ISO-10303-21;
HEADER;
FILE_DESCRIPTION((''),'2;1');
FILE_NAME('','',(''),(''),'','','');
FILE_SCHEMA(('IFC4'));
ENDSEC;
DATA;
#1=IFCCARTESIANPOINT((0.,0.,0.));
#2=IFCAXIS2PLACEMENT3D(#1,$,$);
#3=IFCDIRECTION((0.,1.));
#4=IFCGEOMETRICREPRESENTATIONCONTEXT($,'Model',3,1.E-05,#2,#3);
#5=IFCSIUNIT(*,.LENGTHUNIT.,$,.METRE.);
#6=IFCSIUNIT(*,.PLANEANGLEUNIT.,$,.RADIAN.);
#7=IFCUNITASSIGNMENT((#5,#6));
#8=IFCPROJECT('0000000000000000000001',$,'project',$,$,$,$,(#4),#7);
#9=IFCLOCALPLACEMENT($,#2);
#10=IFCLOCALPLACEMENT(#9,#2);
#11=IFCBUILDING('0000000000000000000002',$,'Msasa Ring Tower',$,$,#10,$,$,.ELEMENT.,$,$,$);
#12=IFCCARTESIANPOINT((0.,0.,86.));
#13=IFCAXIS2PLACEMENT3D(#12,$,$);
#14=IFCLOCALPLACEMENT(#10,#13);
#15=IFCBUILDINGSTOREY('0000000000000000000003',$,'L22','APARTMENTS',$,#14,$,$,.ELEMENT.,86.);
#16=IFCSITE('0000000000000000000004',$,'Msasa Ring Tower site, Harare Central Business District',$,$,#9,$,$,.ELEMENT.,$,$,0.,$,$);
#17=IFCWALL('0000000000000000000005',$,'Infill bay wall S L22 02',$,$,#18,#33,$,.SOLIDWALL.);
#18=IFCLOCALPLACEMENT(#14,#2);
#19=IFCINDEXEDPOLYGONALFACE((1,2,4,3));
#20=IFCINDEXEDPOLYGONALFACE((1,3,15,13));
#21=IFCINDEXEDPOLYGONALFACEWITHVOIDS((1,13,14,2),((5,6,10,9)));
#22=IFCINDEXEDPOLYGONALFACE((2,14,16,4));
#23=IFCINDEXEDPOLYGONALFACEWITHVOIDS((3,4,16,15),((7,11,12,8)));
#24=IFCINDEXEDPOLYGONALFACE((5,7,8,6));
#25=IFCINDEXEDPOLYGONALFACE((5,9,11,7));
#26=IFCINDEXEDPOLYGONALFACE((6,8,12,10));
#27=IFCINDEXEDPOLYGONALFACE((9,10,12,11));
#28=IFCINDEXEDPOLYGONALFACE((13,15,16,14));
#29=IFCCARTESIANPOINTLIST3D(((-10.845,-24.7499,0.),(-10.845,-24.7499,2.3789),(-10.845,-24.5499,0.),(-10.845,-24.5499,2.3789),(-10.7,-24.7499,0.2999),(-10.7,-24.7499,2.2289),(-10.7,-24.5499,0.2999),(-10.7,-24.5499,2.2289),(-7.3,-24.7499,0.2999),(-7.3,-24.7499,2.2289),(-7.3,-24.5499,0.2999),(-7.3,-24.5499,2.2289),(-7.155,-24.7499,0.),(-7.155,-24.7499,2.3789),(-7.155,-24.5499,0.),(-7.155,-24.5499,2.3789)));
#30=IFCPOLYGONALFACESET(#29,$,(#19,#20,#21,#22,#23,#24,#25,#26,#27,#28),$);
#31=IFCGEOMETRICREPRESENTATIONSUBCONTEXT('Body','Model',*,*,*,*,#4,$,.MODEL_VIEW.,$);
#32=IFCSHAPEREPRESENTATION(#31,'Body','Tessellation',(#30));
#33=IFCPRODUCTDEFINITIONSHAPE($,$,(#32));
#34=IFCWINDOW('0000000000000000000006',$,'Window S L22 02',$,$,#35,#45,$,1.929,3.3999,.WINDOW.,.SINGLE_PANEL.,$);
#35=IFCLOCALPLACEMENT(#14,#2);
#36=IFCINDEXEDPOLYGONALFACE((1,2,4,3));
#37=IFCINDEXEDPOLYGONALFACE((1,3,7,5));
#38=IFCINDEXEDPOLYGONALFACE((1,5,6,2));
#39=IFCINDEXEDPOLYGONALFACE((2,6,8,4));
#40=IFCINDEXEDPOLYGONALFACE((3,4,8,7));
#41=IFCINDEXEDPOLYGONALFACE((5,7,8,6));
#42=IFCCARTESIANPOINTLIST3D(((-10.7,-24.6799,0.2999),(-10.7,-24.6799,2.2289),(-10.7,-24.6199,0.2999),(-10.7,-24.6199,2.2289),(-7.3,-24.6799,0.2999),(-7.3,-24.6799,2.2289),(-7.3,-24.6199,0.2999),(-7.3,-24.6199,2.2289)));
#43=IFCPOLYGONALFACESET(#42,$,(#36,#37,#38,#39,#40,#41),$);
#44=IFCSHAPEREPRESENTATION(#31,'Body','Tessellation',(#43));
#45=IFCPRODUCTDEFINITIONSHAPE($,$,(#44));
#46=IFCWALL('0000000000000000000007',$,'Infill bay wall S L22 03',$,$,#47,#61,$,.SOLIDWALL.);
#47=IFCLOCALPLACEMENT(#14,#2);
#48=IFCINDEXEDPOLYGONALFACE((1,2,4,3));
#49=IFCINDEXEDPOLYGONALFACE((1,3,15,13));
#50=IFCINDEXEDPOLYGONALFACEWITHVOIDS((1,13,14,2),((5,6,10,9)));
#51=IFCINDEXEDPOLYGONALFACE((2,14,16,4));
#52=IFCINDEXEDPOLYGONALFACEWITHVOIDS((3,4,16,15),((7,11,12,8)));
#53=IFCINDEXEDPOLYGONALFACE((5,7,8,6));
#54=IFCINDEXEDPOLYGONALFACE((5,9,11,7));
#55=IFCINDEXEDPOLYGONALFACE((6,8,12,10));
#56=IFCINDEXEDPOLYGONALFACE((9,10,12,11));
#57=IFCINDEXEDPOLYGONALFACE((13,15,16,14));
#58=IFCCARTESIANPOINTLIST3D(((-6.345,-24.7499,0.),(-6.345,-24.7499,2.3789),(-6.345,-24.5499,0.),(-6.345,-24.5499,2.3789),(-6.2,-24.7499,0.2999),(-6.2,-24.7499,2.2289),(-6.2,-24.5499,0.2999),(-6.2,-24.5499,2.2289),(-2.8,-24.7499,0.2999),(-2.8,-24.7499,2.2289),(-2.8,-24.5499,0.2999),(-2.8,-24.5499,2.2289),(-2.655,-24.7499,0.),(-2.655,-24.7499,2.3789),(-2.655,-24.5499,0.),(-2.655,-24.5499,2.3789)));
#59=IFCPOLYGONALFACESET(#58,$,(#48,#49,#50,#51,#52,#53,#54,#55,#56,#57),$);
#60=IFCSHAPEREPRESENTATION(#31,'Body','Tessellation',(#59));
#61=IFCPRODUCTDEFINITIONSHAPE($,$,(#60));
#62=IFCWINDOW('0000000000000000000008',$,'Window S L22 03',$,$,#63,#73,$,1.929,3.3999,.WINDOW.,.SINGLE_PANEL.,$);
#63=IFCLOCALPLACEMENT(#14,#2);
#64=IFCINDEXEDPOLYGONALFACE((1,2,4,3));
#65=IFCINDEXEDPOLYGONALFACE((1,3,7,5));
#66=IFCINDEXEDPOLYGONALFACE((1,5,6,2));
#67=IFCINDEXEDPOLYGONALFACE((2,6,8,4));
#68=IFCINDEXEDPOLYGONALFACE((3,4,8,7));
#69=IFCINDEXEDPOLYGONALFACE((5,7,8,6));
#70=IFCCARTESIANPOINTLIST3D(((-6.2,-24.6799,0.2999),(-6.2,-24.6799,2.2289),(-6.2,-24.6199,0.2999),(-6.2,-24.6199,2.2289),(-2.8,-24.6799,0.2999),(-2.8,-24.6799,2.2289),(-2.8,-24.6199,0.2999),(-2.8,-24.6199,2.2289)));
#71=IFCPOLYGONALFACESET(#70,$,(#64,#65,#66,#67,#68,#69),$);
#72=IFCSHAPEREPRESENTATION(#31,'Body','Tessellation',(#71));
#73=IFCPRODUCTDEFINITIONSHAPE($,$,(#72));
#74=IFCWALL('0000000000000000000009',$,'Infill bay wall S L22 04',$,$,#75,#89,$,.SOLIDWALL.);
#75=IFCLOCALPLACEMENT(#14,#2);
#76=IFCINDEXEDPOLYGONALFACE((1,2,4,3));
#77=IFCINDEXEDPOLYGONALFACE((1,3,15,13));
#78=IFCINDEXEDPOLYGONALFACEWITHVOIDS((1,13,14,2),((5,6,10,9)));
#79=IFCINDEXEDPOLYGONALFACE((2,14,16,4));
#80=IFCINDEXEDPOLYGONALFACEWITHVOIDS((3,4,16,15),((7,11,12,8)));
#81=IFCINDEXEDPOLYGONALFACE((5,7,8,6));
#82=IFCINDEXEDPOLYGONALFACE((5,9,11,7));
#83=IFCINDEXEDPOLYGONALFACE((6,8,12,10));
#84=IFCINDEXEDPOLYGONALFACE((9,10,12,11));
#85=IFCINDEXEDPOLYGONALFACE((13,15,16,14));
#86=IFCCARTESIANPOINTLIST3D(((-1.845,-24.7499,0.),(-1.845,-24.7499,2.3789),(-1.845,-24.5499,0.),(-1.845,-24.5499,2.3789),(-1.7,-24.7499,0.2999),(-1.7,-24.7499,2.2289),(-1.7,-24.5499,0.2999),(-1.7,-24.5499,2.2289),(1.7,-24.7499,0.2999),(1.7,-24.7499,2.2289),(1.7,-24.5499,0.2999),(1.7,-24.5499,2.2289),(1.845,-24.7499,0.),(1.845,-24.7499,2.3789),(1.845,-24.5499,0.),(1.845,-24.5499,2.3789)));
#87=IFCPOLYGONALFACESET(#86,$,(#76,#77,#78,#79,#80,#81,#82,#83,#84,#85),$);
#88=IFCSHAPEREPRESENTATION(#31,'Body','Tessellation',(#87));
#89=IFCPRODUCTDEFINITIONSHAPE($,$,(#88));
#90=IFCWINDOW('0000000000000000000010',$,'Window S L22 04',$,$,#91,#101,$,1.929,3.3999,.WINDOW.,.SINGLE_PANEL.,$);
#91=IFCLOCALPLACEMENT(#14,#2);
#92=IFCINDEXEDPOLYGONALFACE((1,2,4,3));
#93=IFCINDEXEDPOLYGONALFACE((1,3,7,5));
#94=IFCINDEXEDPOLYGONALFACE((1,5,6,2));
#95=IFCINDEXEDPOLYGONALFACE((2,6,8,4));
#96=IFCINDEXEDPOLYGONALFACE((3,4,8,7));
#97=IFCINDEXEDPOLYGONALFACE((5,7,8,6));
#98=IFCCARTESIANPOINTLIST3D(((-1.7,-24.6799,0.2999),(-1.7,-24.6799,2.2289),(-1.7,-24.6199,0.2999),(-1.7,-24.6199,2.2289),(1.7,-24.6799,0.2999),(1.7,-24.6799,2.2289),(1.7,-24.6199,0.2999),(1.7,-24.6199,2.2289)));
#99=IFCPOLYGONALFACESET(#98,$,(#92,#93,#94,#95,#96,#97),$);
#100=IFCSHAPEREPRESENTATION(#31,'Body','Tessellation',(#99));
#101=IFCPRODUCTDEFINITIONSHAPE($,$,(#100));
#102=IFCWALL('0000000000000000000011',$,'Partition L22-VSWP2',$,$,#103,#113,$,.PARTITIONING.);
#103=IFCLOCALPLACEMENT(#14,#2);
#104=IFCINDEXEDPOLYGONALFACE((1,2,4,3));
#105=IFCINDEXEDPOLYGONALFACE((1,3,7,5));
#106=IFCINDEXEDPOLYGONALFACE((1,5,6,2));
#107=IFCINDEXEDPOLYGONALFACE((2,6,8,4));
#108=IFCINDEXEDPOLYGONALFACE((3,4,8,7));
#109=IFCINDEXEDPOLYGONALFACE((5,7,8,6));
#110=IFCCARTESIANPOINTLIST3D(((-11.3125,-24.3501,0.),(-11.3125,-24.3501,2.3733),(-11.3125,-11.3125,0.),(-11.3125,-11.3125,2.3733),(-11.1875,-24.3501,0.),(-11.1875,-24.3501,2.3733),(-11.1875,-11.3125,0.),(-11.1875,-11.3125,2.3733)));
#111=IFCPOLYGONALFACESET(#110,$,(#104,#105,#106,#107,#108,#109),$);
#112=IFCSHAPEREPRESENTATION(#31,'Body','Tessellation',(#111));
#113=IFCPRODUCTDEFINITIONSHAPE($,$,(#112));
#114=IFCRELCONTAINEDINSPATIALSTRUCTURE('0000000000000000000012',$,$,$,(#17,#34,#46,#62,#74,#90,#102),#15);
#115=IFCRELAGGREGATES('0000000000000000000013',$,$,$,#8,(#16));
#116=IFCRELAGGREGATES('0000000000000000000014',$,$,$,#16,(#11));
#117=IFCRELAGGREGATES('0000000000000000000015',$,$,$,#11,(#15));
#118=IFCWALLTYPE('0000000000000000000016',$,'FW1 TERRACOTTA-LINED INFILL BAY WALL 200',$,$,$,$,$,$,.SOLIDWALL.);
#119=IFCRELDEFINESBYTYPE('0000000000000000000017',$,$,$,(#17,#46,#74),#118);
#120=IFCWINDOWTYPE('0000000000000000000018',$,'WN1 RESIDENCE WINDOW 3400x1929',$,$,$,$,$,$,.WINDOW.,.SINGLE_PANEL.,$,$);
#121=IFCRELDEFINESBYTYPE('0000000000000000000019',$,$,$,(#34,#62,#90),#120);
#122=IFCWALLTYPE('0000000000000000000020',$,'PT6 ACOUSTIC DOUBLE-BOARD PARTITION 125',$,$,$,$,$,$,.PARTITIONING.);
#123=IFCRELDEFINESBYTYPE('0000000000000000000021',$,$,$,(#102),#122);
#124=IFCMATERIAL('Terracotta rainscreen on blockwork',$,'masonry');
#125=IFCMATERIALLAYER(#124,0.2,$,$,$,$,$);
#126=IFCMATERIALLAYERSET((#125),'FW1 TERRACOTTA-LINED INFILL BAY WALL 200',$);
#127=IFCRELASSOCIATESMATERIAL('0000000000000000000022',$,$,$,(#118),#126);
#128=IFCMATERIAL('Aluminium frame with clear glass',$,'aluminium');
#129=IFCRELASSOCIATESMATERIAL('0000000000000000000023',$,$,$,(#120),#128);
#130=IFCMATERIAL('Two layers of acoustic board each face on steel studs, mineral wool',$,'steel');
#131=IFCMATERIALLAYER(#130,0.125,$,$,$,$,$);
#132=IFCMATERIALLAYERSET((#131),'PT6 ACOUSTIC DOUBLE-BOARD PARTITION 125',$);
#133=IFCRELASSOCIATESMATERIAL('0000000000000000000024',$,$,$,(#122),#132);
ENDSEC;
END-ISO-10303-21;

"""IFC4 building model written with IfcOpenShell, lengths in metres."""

from ifc_helpers import new_model, si_unit, direction, frame, frame_2d, origin, place, context, subcontext, project, spatial, rectangle, extrude, material, layer, layer_set, type_object, element, fill, save


model = new_model("IFC4")

# Units and contexts
model_context = context("Model", 3, precision=1e-05, world=origin(), true_north=direction((0.0, 1.0)))
body_context = subcontext(model_context, "Body", "Model", "MODEL_VIEW")
ifc_project = project(units=[si_unit("LENGTHUNIT", "METRE"), si_unit("PLANEANGLEUNIT", "RADIAN")], contexts=[model_context])

# Site, building, storey
site_placement = place(None, origin())
site = spatial("IfcSite", under=ifc_project, at=site_placement, Name="Msasa Ring Tower site, Harare Central Business District", CompositionType="ELEMENT", RefElevation=0.0)
building_placement = place(site_placement, origin())
building = spatial("IfcBuilding", under=site, at=building_placement, Name="Msasa Ring Tower", CompositionType="ELEMENT")
storey_placement = place(building_placement, frame((0.0, 0.0, 86.0)))
storey = spatial("IfcBuildingStorey", under=building, at=storey_placement, Name="L22", Description="APARTMENTS", CompositionType="ELEMENT", Elevation=86.0)

# Walls, openings, windows
ifc_material_1 = material(Name="Terracotta rainscreen on blockwork", Category="masonry")
ifc_layer_1 = layer(ifc_material_1, 0.2)
ifc_layer_set_1 = layer_set([ifc_layer_1], Name="FW1 TERRACOTTA-LINED INFILL BAY WALL 200")
wall_type_1 = type_object("IfcWallType", Name="FW1 TERRACOTTA-LINED INFILL BAY WALL 200", PredefinedType="SOLIDWALL", material=ifc_layer_set_1)
ifc_material_2 = material(Name="Aluminium frame with clear glass", Category="aluminium")
window_type = type_object("IfcWindowType", Name="WN1 RESIDENCE WINDOW 3400x1929", PartitioningType="SINGLE_PANEL", PredefinedType="WINDOW", material=ifc_material_2)
wall_1_placement = place(storey_placement, frame((-10.845, -24.6499, 0.0), z_axis=(0.0, 0.0, 1.0), x_axis=(1.0, 0.0, 0.0)))
wall_1 = element("IfcWall", 1, at=wall_1_placement, inside=storey, type_object=wall_type_1, Name="Infill bay wall S L22 02", PredefinedType="SOLIDWALL", context=body_context, shape_type="SweptSolid", body=[
    extrude(rectangle(XDim=3.6899, YDim=0.2, at=frame_2d((1.845, 0.0))), origin(), (0.0, 0.0, 1.0), 2.3789),
])
opening_1_placement = place(wall_1_placement, frame((0.145, 0.0, 0.3)))
opening_1 = element("IfcOpeningElement", 2, at=opening_1_placement, cuts=wall_1, PredefinedType="OPENING", context=body_context, shape_type="SweptSolid", body=[
    extrude(rectangle(XDim=3.3999, YDim=1.929, at=frame_2d((1.7, 0.9644))), frame((0.0, 0.1099, 0.0), z_axis=(0.0, -1.0, 0.0), x_axis=(1.0, 0.0, 0.0)), (0.0, 0.0, 1.0), 0.22),
])
window_1_placement = place(opening_1_placement, origin())
window_1 = element("IfcWindow", 3, at=window_1_placement, inside=storey, type_object=window_type, Name="Window S L22 02", OverallHeight=1.929, OverallWidth=3.3999, PartitioningType="SINGLE_PANEL", PredefinedType="WINDOW", context=body_context, shape_type="SweptSolid", body=[
    extrude(rectangle(XDim=3.3999, YDim=1.929, at=frame_2d((1.7, 0.9644))), frame((0.0, 0.03, 0.0), z_axis=(0.0, -1.0, 0.0), x_axis=(1.0, 0.0, 0.0)), (0.0, 0.0, 1.0), 0.0601),
])
fill(opening_1, window_1)
wall_2_placement = place(storey_placement, frame((-6.345, -24.6499, 0.0), z_axis=(0.0, 0.0, 1.0), x_axis=(1.0, 0.0, 0.0)))
wall_2 = element("IfcWall", 4, at=wall_2_placement, inside=storey, type_object=wall_type_1, Name="Infill bay wall S L22 03", PredefinedType="SOLIDWALL", context=body_context, shape_type="SweptSolid", body=[
    extrude(rectangle(XDim=3.6899, YDim=0.2, at=frame_2d((1.845, 0.0))), origin(), (0.0, 0.0, 1.0), 2.3789),
])
opening_2_placement = place(wall_2_placement, frame((0.145, 0.0, 0.3)))
opening_2 = element("IfcOpeningElement", 5, at=opening_2_placement, cuts=wall_2, PredefinedType="OPENING", context=body_context, shape_type="SweptSolid", body=[
    extrude(rectangle(XDim=3.3999, YDim=1.929, at=frame_2d((1.7, 0.9644))), frame((0.0, 0.1099, 0.0), z_axis=(0.0, -1.0, 0.0), x_axis=(1.0, 0.0, 0.0)), (0.0, 0.0, 1.0), 0.22),
])
window_2_placement = place(opening_2_placement, origin())
window_2 = element("IfcWindow", 6, at=window_2_placement, inside=storey, type_object=window_type, Name="Window S L22 03", OverallHeight=1.929, OverallWidth=3.3999, PartitioningType="SINGLE_PANEL", PredefinedType="WINDOW", context=body_context, shape_type="SweptSolid", body=[
    extrude(rectangle(XDim=3.3999, YDim=1.929, at=frame_2d((1.7, 0.9644))), frame((0.0, 0.03, 0.0), z_axis=(0.0, -1.0, 0.0), x_axis=(1.0, 0.0, 0.0)), (0.0, 0.0, 1.0), 0.0601),
])
fill(opening_2, window_2)
wall_3_placement = place(storey_placement, frame((-1.845, -24.6499, 0.0), z_axis=(0.0, 0.0, 1.0), x_axis=(1.0, 0.0, 0.0)))
wall_3 = element("IfcWall", 7, at=wall_3_placement, inside=storey, type_object=wall_type_1, Name="Infill bay wall S L22 04", PredefinedType="SOLIDWALL", context=body_context, shape_type="SweptSolid", body=[
    extrude(rectangle(XDim=3.6899, YDim=0.2, at=frame_2d((1.845, 0.0))), origin(), (0.0, 0.0, 1.0), 2.3789),
])
opening_3_placement = place(wall_3_placement, frame((0.145, 0.0, 0.3)))
opening_3 = element("IfcOpeningElement", 8, at=opening_3_placement, cuts=wall_3, PredefinedType="OPENING", context=body_context, shape_type="SweptSolid", body=[
    extrude(rectangle(XDim=3.3999, YDim=1.929, at=frame_2d((1.7, 0.9644))), frame((0.0, 0.1099, 0.0), z_axis=(0.0, -1.0, 0.0), x_axis=(1.0, 0.0, 0.0)), (0.0, 0.0, 1.0), 0.22),
])
window_3_placement = place(opening_3_placement, origin())
window_3 = element("IfcWindow", 9, at=window_3_placement, inside=storey, type_object=window_type, Name="Window S L22 04", OverallHeight=1.929, OverallWidth=3.3999, PartitioningType="SINGLE_PANEL", PredefinedType="WINDOW", context=body_context, shape_type="SweptSolid", body=[
    extrude(rectangle(XDim=3.3999, YDim=1.929, at=frame_2d((1.7, 0.9644))), frame((0.0, 0.03, 0.0), z_axis=(0.0, -1.0, 0.0), x_axis=(1.0, 0.0, 0.0)), (0.0, 0.0, 1.0), 0.0601),
])
fill(opening_3, window_3)

# Wall
ifc_material_3 = material(Name="Two layers of acoustic board each face on steel studs, mineral wool", Category="steel")
ifc_layer_2 = layer(ifc_material_3, 0.125)
ifc_layer_set_2 = layer_set([ifc_layer_2], Name="PT6 ACOUSTIC DOUBLE-BOARD PARTITION 125")
wall_type_2 = type_object("IfcWallType", Name="PT6 ACOUSTIC DOUBLE-BOARD PARTITION 125", PredefinedType="PARTITIONING", material=ifc_layer_set_2)
wall_4_placement = place(storey_placement, frame((-11.25, -24.3501, 0.0), z_axis=(0.0, 0.0, 1.0), x_axis=(0.0, 1.0, 0.0)))
element("IfcWall", 10, at=wall_4_placement, inside=storey, type_object=wall_type_2, Name="Partition L22-VSWP2", PredefinedType="PARTITIONING", context=body_context, shape_type="SweptSolid", body=[
    extrude(rectangle(XDim=13.0376, YDim=0.125, at=frame_2d((6.5188, 0.0))), origin(), (0.0, 0.0, 1.0), 2.3733),
])

save(model, "model.ifc")
